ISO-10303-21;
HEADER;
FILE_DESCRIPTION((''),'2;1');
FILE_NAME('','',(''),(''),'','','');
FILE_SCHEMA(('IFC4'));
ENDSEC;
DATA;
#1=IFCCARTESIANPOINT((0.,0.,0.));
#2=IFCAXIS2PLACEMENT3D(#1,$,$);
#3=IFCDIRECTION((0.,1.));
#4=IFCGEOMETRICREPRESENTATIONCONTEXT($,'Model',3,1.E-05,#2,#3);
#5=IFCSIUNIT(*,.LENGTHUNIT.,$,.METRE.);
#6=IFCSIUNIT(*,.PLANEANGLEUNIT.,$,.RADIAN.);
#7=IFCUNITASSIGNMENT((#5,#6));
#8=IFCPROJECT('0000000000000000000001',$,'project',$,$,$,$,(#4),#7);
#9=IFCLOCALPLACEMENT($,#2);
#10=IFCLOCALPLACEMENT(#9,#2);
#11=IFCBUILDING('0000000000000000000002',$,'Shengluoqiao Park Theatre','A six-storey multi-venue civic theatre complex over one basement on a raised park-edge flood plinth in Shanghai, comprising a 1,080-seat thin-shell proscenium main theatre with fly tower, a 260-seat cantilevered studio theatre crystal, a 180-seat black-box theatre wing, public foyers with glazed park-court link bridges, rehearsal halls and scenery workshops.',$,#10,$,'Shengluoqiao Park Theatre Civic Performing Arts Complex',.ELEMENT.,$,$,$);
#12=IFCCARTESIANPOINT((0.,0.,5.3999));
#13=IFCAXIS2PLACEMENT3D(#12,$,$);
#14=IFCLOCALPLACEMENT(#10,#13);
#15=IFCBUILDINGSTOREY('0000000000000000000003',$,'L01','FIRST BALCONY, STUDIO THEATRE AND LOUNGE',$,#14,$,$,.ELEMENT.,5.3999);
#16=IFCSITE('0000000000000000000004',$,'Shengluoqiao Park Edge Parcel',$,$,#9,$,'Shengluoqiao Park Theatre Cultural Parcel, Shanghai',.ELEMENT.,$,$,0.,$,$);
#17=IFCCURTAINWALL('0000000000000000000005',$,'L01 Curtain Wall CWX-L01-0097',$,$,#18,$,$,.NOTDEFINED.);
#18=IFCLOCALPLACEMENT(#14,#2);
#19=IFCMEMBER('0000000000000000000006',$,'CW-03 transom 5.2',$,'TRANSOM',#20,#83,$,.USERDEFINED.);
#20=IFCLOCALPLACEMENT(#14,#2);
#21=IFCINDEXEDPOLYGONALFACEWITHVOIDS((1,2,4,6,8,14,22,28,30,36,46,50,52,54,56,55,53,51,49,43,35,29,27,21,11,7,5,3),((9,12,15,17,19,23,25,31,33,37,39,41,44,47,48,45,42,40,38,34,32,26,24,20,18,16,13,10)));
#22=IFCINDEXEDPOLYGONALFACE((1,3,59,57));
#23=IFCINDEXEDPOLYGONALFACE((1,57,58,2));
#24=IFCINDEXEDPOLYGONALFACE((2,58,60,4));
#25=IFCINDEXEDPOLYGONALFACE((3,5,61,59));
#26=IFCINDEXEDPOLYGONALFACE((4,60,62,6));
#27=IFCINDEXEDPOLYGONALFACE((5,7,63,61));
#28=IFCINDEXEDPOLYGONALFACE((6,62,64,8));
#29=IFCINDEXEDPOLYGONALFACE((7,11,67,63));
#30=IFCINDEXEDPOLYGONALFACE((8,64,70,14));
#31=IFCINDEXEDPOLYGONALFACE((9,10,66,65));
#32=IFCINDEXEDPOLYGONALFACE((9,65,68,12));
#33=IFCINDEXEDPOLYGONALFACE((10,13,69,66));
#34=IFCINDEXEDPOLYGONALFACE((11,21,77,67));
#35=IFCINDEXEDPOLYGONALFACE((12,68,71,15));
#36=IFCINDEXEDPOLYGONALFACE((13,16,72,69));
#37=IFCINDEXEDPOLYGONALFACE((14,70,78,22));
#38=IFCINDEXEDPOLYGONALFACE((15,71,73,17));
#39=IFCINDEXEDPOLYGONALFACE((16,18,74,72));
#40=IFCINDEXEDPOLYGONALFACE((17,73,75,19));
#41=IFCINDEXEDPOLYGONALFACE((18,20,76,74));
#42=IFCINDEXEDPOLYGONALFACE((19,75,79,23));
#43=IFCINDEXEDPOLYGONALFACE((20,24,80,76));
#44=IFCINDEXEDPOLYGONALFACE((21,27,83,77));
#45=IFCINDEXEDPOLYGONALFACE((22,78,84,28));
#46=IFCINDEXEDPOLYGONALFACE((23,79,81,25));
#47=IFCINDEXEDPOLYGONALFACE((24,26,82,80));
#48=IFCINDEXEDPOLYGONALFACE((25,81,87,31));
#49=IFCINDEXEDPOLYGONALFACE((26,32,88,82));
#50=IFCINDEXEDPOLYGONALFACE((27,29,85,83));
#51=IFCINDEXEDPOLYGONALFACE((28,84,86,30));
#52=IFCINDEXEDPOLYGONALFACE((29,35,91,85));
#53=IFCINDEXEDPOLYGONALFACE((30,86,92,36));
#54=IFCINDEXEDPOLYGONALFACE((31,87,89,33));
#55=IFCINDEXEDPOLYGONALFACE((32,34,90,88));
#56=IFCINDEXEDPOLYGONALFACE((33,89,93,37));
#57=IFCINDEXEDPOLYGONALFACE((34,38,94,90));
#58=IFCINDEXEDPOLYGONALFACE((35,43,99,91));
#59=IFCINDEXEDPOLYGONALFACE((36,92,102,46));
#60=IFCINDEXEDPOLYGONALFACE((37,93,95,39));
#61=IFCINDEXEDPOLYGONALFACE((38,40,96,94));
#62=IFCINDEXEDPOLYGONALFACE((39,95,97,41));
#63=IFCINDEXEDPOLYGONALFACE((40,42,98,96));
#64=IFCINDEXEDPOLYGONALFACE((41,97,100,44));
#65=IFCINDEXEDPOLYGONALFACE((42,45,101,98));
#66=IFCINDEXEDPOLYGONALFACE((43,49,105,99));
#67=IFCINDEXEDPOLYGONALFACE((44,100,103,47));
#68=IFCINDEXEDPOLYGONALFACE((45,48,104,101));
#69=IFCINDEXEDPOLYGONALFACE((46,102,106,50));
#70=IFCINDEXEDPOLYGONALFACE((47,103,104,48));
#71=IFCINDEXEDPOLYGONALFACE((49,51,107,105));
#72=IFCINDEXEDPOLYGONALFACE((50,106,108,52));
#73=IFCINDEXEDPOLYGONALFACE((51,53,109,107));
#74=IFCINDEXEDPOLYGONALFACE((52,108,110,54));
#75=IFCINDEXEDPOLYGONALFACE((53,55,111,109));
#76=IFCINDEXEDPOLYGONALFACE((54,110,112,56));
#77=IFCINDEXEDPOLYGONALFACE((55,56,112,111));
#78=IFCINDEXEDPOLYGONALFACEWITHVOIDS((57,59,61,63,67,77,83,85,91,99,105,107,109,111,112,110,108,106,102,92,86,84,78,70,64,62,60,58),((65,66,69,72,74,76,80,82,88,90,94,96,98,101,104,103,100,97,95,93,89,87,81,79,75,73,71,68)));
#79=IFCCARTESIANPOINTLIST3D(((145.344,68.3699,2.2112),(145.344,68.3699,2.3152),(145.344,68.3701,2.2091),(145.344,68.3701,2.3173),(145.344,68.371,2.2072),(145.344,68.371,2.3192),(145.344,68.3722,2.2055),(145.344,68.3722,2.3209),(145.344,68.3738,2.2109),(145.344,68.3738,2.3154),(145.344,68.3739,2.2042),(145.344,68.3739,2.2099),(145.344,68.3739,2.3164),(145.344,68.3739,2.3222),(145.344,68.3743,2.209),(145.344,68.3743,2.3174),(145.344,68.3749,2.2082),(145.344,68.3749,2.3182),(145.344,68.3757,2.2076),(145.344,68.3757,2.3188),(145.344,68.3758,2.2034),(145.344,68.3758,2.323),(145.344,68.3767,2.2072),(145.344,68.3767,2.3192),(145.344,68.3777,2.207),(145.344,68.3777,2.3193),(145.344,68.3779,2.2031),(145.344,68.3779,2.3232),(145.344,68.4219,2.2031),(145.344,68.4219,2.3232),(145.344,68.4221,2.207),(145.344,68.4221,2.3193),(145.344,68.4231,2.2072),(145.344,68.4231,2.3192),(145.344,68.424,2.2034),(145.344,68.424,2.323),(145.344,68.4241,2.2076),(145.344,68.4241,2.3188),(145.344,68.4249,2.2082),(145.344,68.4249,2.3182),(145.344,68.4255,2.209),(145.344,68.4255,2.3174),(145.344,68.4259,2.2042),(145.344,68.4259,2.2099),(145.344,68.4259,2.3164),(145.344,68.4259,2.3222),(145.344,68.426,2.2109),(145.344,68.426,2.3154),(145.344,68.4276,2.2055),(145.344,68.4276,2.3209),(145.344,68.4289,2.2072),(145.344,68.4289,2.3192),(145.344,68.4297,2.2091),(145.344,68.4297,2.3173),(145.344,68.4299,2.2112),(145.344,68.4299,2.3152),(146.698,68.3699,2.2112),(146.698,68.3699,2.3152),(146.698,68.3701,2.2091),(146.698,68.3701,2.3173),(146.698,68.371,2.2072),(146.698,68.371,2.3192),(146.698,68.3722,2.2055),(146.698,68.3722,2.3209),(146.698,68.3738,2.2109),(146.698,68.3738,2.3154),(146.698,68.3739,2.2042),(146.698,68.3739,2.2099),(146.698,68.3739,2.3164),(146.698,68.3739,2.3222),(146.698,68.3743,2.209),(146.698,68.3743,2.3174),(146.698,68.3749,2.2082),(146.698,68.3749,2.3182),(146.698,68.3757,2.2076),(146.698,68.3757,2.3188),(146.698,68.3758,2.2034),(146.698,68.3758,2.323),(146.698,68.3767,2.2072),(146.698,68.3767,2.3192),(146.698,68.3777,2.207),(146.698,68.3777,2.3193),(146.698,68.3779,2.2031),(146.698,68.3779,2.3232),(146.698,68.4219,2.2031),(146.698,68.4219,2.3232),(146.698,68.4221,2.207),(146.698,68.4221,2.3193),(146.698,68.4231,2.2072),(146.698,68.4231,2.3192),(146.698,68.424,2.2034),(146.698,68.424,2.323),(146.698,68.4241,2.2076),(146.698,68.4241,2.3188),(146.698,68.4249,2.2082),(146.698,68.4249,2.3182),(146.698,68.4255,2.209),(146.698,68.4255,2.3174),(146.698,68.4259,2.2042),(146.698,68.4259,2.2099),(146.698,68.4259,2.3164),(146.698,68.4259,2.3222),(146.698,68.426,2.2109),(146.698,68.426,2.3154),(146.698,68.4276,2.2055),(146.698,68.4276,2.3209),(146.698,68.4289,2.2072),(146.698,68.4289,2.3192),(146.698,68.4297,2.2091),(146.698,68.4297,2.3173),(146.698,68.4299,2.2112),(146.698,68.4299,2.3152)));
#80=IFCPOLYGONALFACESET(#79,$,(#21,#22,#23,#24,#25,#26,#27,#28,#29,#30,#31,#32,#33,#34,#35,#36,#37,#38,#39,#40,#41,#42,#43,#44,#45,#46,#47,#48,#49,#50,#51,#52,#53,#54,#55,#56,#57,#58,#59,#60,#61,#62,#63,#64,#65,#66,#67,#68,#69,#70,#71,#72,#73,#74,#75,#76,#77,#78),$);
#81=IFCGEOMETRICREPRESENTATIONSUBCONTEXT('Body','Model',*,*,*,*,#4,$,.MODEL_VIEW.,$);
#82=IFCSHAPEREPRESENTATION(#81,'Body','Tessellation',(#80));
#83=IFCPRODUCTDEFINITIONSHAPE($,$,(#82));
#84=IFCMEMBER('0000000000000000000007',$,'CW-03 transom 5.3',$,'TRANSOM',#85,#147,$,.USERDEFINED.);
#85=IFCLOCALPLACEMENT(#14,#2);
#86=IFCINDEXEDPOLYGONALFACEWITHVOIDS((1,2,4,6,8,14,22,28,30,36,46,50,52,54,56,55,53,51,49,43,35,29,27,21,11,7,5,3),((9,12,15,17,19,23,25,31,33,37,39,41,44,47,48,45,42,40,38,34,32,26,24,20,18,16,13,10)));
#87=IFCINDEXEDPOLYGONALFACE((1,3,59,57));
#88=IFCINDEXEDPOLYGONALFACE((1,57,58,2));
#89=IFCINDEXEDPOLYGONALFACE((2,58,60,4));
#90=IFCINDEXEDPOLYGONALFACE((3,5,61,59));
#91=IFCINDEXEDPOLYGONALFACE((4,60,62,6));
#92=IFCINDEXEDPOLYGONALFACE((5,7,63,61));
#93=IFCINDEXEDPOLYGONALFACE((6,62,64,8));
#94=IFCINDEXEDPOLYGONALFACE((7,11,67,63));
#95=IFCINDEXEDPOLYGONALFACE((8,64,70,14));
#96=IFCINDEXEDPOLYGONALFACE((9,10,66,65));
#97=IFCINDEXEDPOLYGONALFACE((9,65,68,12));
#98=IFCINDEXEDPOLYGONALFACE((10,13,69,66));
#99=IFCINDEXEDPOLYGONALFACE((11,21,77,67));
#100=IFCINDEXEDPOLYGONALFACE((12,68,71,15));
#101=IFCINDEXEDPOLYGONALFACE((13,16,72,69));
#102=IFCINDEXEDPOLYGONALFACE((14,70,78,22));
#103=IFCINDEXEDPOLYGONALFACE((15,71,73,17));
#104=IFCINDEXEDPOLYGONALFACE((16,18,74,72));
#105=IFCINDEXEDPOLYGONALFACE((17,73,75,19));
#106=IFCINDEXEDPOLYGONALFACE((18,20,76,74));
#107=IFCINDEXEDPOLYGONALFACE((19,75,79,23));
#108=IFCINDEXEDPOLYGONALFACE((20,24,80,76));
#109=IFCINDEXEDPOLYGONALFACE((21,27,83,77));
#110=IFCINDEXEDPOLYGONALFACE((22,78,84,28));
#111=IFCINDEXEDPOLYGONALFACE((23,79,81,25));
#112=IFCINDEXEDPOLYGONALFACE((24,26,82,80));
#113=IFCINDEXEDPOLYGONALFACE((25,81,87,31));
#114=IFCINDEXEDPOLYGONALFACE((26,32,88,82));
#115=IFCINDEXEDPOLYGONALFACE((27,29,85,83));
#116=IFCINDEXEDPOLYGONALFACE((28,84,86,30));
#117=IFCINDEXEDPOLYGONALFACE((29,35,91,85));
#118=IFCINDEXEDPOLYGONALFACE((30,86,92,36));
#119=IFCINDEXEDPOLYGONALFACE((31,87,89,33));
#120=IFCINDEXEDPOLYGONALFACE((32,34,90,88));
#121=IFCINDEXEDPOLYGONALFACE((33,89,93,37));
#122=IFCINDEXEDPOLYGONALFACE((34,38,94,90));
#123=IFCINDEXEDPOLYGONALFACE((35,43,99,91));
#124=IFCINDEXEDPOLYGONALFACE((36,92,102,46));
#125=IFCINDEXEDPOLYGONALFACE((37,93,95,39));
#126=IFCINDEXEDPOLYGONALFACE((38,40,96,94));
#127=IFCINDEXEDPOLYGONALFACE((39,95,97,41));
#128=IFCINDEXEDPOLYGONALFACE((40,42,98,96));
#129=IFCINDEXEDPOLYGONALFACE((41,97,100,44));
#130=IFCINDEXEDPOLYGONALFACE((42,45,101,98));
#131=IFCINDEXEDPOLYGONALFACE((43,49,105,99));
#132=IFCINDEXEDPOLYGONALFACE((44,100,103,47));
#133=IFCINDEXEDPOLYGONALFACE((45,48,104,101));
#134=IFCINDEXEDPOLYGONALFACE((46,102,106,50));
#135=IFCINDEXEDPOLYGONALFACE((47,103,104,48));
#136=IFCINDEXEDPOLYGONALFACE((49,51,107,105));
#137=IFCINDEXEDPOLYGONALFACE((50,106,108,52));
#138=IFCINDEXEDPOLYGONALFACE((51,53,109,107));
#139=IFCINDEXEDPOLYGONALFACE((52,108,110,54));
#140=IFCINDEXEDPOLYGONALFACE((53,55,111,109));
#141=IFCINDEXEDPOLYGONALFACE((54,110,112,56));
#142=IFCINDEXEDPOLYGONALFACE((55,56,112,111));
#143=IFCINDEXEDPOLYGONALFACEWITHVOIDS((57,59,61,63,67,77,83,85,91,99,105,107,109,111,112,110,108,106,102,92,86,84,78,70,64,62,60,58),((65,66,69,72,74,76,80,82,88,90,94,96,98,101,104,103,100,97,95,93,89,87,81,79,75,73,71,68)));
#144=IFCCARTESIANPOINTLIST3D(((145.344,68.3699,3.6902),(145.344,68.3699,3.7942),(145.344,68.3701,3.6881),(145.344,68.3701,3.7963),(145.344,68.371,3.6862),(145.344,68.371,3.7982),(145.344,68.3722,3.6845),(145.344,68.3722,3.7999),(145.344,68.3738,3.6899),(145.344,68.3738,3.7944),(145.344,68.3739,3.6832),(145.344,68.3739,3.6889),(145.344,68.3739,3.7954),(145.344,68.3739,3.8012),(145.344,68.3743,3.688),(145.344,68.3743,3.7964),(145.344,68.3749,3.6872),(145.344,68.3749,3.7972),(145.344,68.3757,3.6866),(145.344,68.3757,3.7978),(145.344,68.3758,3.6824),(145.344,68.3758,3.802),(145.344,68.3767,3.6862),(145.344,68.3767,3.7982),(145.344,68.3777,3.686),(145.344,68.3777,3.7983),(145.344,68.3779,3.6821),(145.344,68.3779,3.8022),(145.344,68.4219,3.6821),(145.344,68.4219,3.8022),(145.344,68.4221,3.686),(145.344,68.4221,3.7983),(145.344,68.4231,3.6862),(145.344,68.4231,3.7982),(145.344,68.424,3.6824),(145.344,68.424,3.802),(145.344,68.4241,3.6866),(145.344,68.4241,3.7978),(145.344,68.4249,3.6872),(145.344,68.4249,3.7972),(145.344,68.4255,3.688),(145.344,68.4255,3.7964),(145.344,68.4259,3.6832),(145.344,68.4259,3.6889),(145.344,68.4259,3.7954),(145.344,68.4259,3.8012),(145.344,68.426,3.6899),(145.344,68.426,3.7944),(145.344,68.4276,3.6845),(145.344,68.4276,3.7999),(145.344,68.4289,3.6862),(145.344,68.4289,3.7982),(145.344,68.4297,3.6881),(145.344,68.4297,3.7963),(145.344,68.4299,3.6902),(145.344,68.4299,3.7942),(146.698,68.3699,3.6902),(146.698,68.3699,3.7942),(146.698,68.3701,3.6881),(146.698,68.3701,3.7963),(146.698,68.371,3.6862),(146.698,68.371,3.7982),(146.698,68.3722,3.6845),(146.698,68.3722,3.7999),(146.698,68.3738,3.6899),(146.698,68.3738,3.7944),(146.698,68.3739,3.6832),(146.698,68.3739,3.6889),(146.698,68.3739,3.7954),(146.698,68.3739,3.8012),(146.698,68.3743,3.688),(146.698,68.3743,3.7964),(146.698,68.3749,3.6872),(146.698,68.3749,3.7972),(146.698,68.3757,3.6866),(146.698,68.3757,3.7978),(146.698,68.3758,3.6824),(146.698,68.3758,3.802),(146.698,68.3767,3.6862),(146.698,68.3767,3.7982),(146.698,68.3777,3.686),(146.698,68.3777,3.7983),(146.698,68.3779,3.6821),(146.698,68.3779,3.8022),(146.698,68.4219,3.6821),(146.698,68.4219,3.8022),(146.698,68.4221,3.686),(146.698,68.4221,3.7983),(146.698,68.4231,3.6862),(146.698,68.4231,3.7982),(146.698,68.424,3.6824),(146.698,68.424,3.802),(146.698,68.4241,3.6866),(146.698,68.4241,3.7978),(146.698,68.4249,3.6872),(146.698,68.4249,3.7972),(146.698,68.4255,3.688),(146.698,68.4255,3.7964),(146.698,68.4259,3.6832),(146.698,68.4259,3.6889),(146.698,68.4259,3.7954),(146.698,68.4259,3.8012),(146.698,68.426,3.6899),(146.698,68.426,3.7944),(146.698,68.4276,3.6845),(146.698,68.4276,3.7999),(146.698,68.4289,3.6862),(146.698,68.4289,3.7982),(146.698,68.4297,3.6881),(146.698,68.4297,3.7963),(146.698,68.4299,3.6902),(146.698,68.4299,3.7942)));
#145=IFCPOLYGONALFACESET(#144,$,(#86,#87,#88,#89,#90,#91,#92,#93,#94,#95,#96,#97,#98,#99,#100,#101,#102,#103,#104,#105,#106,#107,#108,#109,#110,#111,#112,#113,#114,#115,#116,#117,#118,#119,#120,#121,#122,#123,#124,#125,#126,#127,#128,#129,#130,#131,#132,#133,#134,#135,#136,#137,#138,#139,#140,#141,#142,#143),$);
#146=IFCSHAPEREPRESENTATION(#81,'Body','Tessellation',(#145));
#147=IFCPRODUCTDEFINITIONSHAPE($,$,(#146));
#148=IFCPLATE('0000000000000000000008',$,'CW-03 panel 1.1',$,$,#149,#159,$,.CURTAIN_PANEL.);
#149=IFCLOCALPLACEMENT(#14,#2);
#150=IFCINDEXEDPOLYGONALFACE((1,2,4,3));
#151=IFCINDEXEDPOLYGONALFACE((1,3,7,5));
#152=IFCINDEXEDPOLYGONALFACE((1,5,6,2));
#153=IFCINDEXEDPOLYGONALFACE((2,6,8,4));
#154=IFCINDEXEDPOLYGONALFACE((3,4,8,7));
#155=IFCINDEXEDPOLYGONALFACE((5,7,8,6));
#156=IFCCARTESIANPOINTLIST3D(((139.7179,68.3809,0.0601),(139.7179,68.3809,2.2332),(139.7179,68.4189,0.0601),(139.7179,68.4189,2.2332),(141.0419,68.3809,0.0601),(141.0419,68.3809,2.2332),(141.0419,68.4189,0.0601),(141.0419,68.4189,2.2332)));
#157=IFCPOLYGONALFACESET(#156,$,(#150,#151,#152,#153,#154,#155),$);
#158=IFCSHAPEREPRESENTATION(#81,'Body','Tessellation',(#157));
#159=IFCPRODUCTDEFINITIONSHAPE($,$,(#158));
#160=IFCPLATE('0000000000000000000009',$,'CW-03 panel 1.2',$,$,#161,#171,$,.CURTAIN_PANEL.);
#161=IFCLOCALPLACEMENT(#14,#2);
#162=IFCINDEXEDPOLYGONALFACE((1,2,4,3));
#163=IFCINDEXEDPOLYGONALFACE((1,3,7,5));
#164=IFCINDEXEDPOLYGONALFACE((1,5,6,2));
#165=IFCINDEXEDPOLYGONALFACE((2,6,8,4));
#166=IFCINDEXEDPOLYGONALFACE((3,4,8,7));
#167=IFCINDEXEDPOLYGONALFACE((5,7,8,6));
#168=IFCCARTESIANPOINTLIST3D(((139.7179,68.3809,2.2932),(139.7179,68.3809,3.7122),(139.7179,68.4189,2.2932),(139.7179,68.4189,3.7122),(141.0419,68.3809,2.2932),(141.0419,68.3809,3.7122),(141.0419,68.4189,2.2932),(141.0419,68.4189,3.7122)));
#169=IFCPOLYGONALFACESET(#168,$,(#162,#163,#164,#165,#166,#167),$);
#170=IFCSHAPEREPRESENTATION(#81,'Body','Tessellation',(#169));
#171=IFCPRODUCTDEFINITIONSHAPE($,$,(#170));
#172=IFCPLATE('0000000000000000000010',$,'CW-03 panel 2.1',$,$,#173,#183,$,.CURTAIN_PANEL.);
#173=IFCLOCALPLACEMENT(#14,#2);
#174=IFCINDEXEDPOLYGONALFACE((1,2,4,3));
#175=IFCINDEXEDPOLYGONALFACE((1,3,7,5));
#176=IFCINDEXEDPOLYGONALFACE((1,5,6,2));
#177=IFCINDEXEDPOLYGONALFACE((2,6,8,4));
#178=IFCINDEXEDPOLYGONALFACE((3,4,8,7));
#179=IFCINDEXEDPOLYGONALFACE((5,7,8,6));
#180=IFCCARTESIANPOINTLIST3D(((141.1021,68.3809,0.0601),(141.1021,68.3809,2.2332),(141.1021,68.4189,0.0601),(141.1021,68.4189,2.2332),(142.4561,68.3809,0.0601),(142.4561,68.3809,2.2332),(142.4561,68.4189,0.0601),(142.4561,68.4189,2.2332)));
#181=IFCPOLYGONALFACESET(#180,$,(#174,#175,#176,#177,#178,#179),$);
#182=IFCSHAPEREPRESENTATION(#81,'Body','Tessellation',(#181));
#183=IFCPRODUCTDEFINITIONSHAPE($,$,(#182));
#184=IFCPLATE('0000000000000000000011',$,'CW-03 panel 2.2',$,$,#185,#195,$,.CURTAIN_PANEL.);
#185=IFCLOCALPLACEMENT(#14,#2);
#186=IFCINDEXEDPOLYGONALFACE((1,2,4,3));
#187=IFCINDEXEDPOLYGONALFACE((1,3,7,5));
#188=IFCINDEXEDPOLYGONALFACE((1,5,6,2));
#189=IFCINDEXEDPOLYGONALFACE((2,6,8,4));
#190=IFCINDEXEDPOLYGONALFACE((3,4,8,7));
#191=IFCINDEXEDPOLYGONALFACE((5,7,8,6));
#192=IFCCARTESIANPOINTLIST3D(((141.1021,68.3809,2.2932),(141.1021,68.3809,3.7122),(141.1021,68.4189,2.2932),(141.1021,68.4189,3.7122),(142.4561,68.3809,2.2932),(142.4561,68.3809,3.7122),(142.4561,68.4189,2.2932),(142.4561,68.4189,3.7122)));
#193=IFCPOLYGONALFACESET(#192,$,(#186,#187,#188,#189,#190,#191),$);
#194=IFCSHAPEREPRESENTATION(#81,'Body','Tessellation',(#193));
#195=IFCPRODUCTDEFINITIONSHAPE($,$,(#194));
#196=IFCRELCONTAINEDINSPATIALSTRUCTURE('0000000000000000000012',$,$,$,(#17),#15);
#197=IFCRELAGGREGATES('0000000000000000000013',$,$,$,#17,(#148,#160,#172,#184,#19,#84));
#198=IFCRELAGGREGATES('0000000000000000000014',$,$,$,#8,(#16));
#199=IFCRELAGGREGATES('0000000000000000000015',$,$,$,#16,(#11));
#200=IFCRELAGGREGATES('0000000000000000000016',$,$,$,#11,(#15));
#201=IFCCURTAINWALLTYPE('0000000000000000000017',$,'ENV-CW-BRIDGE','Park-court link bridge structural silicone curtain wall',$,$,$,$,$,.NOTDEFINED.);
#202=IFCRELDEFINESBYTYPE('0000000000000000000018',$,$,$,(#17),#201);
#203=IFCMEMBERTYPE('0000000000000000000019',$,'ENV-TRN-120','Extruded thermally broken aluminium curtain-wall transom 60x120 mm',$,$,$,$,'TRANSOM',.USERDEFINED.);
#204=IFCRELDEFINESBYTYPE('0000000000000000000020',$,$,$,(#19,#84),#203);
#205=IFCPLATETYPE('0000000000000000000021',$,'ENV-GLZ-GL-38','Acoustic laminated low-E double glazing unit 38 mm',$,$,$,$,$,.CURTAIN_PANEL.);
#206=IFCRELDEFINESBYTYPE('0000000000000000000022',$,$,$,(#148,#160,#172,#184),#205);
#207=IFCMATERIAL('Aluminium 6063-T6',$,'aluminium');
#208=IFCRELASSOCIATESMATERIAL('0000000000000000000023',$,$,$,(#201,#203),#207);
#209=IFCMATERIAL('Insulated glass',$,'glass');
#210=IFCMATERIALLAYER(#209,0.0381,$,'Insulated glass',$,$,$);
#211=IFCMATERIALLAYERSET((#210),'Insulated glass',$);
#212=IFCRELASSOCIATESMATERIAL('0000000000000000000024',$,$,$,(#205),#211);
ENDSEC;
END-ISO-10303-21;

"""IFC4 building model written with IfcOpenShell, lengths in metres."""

from ifc_helpers import new_model, si_unit, direction, frame, origin, origin_2d, place, context, subcontext, project, spatial, rectangle, hollow_rectangle, extrude, material, layer, layer_set, material_profile, profile_set, type_object, element, aggregate, save


model = new_model("IFC4")

# Units and contexts
model_context = context("Model", 3, precision=1e-05, world=origin(), true_north=direction((0.0, 1.0)))
body_context = subcontext(model_context, "Body", "Model", "MODEL_VIEW")
ifc_project = project(units=[si_unit("LENGTHUNIT", "METRE"), si_unit("PLANEANGLEUNIT", "RADIAN")], contexts=[model_context])

# Site, building, storey
site_placement = place(None, origin())
site = spatial("IfcSite", under=ifc_project, at=site_placement, Name="Shengluoqiao Park Edge Parcel", LongName="Shengluoqiao Park Theatre Cultural Parcel, Shanghai", CompositionType="ELEMENT", RefElevation=0.0)
building_placement = place(site_placement, origin())
building = spatial("IfcBuilding", under=site, at=building_placement, Name="Shengluoqiao Park Theatre", Description="A six-storey multi-venue civic theatre complex over one basement on a raised park-edge flood plinth in Shanghai, comprising a 1,080-seat thin-shell proscenium main theatre with fly tower, a 260-seat cantilevered studio theatre crystal, a 180-seat black-box theatre wing, public foyers with glazed park-court link bridges, rehearsal halls and scenery workshops.", LongName="Shengluoqiao Park Theatre Civic Performing Arts Complex", CompositionType="ELEMENT")
storey_placement = place(building_placement, frame((0.0, 0.0, 5.3999)))
storey = spatial("IfcBuildingStorey", under=building, at=storey_placement, Name="L01", Description="FIRST BALCONY, STUDIO THEATRE AND LOUNGE", CompositionType="ELEMENT", Elevation=5.3999)

# Curtain wall, members, plates
ifc_material_1 = material(Name="Aluminium 6063-T6", Category="aluminium")
curtain_wall_type = type_object("IfcCurtainWallType", Name="ENV-CW-BRIDGE", Description="Park-court link bridge structural silicone curtain wall", PredefinedType="NOTDEFINED", material=ifc_material_1)
curtain_wall_placement = place(storey_placement, origin())
curtain_wall = element("IfcCurtainWall", 1, at=curtain_wall_placement, inside=storey, type_object=curtain_wall_type, Name="L01 Curtain Wall CWX-L01-0097", PredefinedType="NOTDEFINED")
ifc_material_profile_1 = material_profile(ifc_material_1, hollow_rectangle(XDim=0.0601, YDim=0.1201, WallThickness=0.0039, InnerFilletRadius=0.0039, OuterFilletRadius=0.0081, at=origin_2d()), Name="ALU TRANSOM 120x60x4")
ifc_profile_set_1 = profile_set([ifc_material_profile_1], Name="Aluminium 6063-T6")
member_type_1 = type_object("IfcMemberType", Name="ENV-TRN-120", Description="Extruded thermally broken aluminium curtain-wall transom 60x120 mm", ElementType="TRANSOM", PredefinedType="USERDEFINED", material=ifc_profile_set_1)
member_1_placement = place(storey_placement, frame((145.344, 68.3999, 2.2632), z_axis=(1.0, 0.0, 0.0), x_axis=(0.0, 1.0, 0.0)))
member_1 = element("IfcMember", 2, at=member_1_placement, type_object=member_type_1, Name="CW-03 transom 5.2", ObjectType="TRANSOM", PredefinedType="USERDEFINED", context=body_context, shape_type="SweptSolid", body=[
    extrude(hollow_rectangle(XDim=0.0601, YDim=0.1201, WallThickness=0.0039, InnerFilletRadius=0.0039, OuterFilletRadius=0.0081, at=origin_2d()), origin(), (0.0, 0.0, 1.0), 1.354),
])
member_2_placement = place(storey_placement, frame((145.344, 68.3999, 3.7422), z_axis=(1.0, 0.0, 0.0), x_axis=(0.0, 1.0, 0.0)))
member_2 = element("IfcMember", 3, at=member_2_placement, type_object=member_type_1, Name="CW-03 transom 5.3", ObjectType="TRANSOM", PredefinedType="USERDEFINED", context=body_context, shape_type="SweptSolid", body=[
    extrude(hollow_rectangle(XDim=0.0601, YDim=0.1201, WallThickness=0.0039, InnerFilletRadius=0.0039, OuterFilletRadius=0.0081, at=origin_2d()), origin(), (0.0, 0.0, 1.0), 1.354),
])
ifc_material_2 = material(Name="Insulated glass", Category="glass")
ifc_layer_1 = layer(ifc_material_2, 0.0381, Name="Insulated glass")
ifc_layer_set_1 = layer_set([ifc_layer_1], Name="Insulated glass")
plate_type = type_object("IfcPlateType", Name="ENV-GLZ-GL-38", Description="Acoustic laminated low-E double glazing unit 38 mm", PredefinedType="CURTAIN_PANEL", material=ifc_layer_set_1)
plate_1_placement = place(storey_placement, frame((140.3799, 68.3999, 0.0601), z_axis=(0.0, 0.0, 1.0), x_axis=(1.0, 0.0, 0.0)))
plate_1 = element("IfcPlate", 4, at=plate_1_placement, type_object=plate_type, Name="CW-03 panel 1.1", PredefinedType="CURTAIN_PANEL", context=body_context, shape_type="SweptSolid", body=[
    extrude(rectangle(XDim=1.324, YDim=0.0381, at=origin_2d()), origin(), (0.0, 0.0, 1.0), 2.1731),
])
plate_2_placement = place(storey_placement, frame((140.3799, 68.3999, 2.2932), z_axis=(0.0, 0.0, 1.0), x_axis=(1.0, 0.0, 0.0)))
plate_2 = element("IfcPlate", 5, at=plate_2_placement, type_object=plate_type, Name="CW-03 panel 1.2", PredefinedType="CURTAIN_PANEL", context=body_context, shape_type="SweptSolid", body=[
    extrude(rectangle(XDim=1.324, YDim=0.0381, at=origin_2d()), origin(), (0.0, 0.0, 1.0), 1.4189),
])
plate_3_placement = place(storey_placement, frame((141.7791, 68.3999, 0.0601), z_axis=(0.0, 0.0, 1.0), x_axis=(1.0, 0.0, 0.0)))
plate_3 = element("IfcPlate", 6, at=plate_3_placement, type_object=plate_type, Name="CW-03 panel 2.1", PredefinedType="CURTAIN_PANEL", context=body_context, shape_type="SweptSolid", body=[
    extrude(rectangle(XDim=1.354, YDim=0.0381, at=origin_2d()), origin(), (0.0, 0.0, 1.0), 2.1731),
])
plate_4_placement = place(storey_placement, frame((141.7791, 68.3999, 2.2932), z_axis=(0.0, 0.0, 1.0), x_axis=(1.0, 0.0, 0.0)))
plate_4 = element("IfcPlate", 7, at=plate_4_placement, type_object=plate_type, Name="CW-03 panel 2.2", PredefinedType="CURTAIN_PANEL", context=body_context, shape_type="SweptSolid", body=[
    extrude(rectangle(XDim=1.354, YDim=0.0381, at=origin_2d()), origin(), (0.0, 0.0, 1.0), 1.4189),
])
aggregate(curtain_wall, [plate_1, plate_2, plate_3, plate_4, member_1, member_2])

save(model, "model.ifc")
